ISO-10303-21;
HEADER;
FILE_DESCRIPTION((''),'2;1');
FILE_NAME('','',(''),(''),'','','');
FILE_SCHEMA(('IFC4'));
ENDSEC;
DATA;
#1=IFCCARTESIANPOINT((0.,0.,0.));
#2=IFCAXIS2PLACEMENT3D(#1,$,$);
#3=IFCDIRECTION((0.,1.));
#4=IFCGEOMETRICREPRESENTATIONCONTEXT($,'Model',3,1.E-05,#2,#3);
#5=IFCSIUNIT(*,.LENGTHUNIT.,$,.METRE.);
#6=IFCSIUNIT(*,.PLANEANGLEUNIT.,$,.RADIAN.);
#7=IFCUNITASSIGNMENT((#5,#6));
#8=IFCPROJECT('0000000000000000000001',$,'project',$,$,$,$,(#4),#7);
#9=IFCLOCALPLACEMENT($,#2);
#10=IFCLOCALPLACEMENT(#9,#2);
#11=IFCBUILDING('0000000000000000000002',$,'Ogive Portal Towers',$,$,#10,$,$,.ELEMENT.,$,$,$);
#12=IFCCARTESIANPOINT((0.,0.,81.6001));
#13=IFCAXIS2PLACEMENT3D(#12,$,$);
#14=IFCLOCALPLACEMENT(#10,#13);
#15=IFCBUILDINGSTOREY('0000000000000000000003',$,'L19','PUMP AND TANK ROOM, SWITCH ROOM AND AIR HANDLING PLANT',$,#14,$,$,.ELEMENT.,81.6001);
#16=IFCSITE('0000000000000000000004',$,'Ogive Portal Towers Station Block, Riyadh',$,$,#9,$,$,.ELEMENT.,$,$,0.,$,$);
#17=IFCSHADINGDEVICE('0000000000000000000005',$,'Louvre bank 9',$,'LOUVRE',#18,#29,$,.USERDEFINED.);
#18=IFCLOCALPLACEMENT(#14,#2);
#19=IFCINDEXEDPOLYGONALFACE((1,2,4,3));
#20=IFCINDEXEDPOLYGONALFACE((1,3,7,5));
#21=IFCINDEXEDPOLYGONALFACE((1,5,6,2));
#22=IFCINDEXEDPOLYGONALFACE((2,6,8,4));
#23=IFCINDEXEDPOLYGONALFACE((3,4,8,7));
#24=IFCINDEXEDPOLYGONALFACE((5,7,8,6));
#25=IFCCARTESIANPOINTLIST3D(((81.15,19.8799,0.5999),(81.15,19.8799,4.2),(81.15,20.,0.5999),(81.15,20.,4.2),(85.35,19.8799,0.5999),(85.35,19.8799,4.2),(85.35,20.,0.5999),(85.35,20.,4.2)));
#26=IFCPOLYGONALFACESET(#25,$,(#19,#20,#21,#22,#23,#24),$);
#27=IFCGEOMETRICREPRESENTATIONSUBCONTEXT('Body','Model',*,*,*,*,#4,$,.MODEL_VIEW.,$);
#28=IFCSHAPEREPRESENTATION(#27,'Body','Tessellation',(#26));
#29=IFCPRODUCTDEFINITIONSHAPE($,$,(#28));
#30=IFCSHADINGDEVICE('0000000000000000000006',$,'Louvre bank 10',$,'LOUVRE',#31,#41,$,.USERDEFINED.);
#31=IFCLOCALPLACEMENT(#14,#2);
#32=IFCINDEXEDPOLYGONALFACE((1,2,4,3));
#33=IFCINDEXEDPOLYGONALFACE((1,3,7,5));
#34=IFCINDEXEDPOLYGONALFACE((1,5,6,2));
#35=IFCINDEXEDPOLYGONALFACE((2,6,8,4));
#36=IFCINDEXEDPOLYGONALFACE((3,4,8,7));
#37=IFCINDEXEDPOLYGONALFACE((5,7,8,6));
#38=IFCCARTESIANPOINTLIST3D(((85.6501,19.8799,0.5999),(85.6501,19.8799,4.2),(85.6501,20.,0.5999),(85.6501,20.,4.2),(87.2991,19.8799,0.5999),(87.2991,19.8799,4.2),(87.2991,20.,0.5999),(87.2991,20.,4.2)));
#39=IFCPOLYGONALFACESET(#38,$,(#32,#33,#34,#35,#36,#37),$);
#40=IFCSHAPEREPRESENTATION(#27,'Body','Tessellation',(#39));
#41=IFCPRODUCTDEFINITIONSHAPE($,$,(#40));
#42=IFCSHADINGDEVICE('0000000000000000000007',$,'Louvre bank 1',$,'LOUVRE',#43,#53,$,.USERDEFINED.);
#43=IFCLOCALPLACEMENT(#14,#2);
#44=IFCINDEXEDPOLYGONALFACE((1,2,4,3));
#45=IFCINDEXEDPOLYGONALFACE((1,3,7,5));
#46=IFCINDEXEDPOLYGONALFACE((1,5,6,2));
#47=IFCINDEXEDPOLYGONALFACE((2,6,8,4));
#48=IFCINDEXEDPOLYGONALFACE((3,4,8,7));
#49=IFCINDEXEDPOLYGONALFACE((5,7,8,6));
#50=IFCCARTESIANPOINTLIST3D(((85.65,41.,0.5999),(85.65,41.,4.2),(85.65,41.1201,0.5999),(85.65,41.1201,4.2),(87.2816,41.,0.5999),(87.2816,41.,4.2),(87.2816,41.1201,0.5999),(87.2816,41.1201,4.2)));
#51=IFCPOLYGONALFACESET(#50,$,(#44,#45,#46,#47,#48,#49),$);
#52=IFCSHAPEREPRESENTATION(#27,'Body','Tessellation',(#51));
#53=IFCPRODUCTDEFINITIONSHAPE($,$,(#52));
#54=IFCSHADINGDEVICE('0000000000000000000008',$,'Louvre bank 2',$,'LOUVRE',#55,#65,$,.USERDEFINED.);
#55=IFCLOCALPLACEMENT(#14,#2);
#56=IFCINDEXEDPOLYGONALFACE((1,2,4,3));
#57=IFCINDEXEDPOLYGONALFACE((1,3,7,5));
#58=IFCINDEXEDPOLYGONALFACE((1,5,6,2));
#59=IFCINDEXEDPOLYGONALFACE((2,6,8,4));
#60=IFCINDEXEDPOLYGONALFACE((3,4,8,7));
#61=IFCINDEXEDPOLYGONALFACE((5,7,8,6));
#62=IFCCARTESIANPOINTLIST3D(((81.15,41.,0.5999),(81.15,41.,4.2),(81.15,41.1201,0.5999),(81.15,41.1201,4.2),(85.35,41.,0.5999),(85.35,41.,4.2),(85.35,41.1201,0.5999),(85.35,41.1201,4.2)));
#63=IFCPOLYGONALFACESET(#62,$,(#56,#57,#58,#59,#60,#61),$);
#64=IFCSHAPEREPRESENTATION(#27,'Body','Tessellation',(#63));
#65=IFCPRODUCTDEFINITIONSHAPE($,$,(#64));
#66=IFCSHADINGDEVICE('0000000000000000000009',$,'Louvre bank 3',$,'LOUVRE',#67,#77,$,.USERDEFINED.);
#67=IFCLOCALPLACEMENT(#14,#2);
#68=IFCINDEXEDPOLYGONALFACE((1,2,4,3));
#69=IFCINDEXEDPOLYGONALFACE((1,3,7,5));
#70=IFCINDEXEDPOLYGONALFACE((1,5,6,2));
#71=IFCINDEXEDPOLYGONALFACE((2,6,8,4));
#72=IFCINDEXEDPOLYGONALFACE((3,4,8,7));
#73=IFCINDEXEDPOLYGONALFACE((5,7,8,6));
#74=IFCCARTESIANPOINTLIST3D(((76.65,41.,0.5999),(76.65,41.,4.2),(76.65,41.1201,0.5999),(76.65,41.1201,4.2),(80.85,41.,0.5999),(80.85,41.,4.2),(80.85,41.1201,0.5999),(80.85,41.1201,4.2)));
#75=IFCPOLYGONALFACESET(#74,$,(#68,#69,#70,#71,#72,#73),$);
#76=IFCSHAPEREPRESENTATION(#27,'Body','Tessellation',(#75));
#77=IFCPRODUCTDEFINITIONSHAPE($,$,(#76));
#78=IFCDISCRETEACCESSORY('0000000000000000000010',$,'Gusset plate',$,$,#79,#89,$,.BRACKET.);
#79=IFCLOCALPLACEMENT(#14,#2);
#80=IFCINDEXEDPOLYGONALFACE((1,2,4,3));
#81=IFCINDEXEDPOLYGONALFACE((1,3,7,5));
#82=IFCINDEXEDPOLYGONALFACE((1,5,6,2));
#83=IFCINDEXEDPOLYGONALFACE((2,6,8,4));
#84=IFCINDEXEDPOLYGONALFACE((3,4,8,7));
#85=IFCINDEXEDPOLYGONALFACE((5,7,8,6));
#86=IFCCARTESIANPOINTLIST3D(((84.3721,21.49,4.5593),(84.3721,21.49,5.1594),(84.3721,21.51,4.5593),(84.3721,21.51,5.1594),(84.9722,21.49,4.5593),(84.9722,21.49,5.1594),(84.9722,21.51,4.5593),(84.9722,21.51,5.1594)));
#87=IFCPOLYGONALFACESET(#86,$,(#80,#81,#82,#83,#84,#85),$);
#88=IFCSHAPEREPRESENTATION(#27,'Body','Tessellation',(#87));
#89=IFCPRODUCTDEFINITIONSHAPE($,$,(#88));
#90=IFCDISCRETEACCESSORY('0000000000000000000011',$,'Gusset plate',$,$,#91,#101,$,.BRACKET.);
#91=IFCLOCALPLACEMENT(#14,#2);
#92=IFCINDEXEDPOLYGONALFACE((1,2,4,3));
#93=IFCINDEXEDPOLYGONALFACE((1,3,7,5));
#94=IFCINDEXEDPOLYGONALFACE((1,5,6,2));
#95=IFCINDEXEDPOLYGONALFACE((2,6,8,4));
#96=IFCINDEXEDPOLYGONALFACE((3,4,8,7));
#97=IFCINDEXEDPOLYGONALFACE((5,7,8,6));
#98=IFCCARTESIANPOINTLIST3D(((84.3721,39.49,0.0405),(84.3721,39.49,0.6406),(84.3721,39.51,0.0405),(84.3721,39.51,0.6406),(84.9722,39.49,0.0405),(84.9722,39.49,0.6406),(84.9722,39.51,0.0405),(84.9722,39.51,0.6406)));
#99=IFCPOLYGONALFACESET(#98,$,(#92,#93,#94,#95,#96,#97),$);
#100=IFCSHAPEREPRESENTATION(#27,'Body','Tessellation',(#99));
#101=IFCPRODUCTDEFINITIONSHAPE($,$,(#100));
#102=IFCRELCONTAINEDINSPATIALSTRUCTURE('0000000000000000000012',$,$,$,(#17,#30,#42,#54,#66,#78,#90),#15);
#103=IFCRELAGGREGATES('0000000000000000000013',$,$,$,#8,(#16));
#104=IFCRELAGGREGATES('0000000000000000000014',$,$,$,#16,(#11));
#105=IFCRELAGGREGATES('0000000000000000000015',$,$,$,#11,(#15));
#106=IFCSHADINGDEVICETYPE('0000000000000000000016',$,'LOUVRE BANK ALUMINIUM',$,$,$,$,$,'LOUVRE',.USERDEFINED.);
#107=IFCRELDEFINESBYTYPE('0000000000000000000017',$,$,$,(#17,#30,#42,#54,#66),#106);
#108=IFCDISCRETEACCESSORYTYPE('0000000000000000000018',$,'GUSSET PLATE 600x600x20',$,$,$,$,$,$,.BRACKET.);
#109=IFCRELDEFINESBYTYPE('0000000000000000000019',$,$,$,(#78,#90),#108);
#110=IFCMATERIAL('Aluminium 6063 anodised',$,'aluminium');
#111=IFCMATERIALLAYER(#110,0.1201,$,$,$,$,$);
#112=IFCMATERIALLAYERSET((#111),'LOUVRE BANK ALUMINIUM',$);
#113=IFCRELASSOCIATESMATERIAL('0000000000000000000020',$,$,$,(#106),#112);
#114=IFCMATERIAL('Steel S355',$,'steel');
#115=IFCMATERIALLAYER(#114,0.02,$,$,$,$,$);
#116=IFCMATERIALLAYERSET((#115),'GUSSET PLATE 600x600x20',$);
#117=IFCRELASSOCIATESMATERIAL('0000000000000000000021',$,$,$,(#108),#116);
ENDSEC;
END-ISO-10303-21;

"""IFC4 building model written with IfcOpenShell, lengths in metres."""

from ifc_helpers import new_model, si_unit, direction, frame, origin, origin_2d, place, context, subcontext, project, spatial, rectangle, extrude, material, layer, layer_set, type_object, element, save


model = new_model("IFC4")

# Units and contexts
model_context = context("Model", 3, precision=1e-05, world=origin(), true_north=direction((0.0, 1.0)))
body_context = subcontext(model_context, "Body", "Model", "MODEL_VIEW")
ifc_project = project(units=[si_unit("LENGTHUNIT", "METRE"), si_unit("PLANEANGLEUNIT", "RADIAN")], contexts=[model_context])

# Site, building, storey
site_placement = place(None, origin())
site = spatial("IfcSite", under=ifc_project, at=site_placement, Name="Ogive Portal Towers Station Block, Riyadh", CompositionType="ELEMENT", RefElevation=0.0)
building_placement = place(site_placement, origin())
building = spatial("IfcBuilding", under=site, at=building_placement, Name="Ogive Portal Towers", CompositionType="ELEMENT")
storey_placement = place(building_placement, frame((0.0, 0.0, 81.6001)))
storey = spatial("IfcBuildingStorey", under=building, at=storey_placement, Name="L19", Description="PUMP AND TANK ROOM, SWITCH ROOM AND AIR HANDLING PLANT", CompositionType="ELEMENT", Elevation=81.6001)

# Shared definitions
ifc_material_1 = material(Name="Steel S355", Category="steel")

# Shading devices
ifc_material_2 = material(Name="Aluminium 6063 anodised", Category="aluminium")
ifc_layer_1 = layer(ifc_material_2, 0.1201)
ifc_layer_set_1 = layer_set([ifc_layer_1], Name="LOUVRE BANK ALUMINIUM")
shading_device_type = type_object("IfcShadingDeviceType", Name="LOUVRE BANK ALUMINIUM", ElementType="LOUVRE", PredefinedType="USERDEFINED", material=ifc_layer_set_1)
for number, where, z_axis, x_axis, name in (
    (1, (83.25, 19.9399, 0.5999), (0.0, 0.0, 1.0), (1.0, 0.0, 0.0), "Louvre bank 9"),
):
    element("IfcShadingDevice", number, at=place(storey_placement, frame(where, z_axis=z_axis, x_axis=x_axis)), inside=storey, type_object=shading_device_type, Name=name, ObjectType="LOUVRE", PredefinedType="USERDEFINED", context=body_context, shape_type="SweptSolid", body=[
        extrude(rectangle(XDim=4.2, YDim=0.1201, at=origin_2d()), origin(), (0.0, 0.0, 1.0), 3.6001),
    ])
shading_device_1_placement = place(storey_placement, frame((86.4746, 19.9399, 0.5999), z_axis=(0.0, 0.0, 1.0), x_axis=(1.0, 0.0, 0.0)))
element("IfcShadingDevice", 2, at=shading_device_1_placement, inside=storey, type_object=shading_device_type, Name="Louvre bank 10", ObjectType="LOUVRE", PredefinedType="USERDEFINED", context=body_context, shape_type="SweptSolid", body=[
    extrude(rectangle(XDim=1.6489, YDim=0.1201, at=origin_2d()), origin(), (0.0, 0.0, 1.0), 3.6001),
])
shading_device_2_placement = place(storey_placement, frame((86.4658, 41.0601, 0.5999), z_axis=(0.0, 0.0, 1.0), x_axis=(-1.0, 0.0, 0.0)))
element("IfcShadingDevice", 3, at=shading_device_2_placement, inside=storey, type_object=shading_device_type, Name="Louvre bank 1", ObjectType="LOUVRE", PredefinedType="USERDEFINED", context=body_context, shape_type="SweptSolid", body=[
    extrude(rectangle(XDim=1.6316, YDim=0.1201, at=origin_2d()), origin(), (0.0, 0.0, 1.0), 3.6001),
])
for number, where, z_axis, x_axis, name in (
    (4, (83.25, 41.0601, 0.5999), (0.0, 0.0, 1.0), (-1.0, 0.0, 0.0), "Louvre bank 2"),
    (5, (78.75, 41.0601, 0.5999), (0.0, 0.0, 1.0), (-1.0, 0.0, 0.0), "Louvre bank 3"),
):
    element("IfcShadingDevice", number, at=place(storey_placement, frame(where, z_axis=z_axis, x_axis=x_axis)), inside=storey, type_object=shading_device_type, Name=name, ObjectType="LOUVRE", PredefinedType="USERDEFINED", context=body_context, shape_type="SweptSolid", body=[
        extrude(rectangle(XDim=4.2, YDim=0.1201, at=origin_2d()), origin(), (0.0, 0.0, 1.0), 3.6001),
    ])

# Discrete accessories
ifc_layer_2 = layer(ifc_material_1, 0.02)
ifc_layer_set_2 = layer_set([ifc_layer_2], Name="GUSSET PLATE 600x600x20")
discrete_accessory_type = type_object("IfcDiscreteAccessoryType", Name="GUSSET PLATE 600x600x20", PredefinedType="BRACKET", material=ifc_layer_set_2)
for number, where, z_axis, x_axis, name in (
    (6, (84.6721, 21.5, 4.5593), (0.0, 0.0, 1.0), (1.0, 0.0, 0.0), "Gusset plate"),
    (7, (84.6721, 39.5, 0.0405), (0.0, 0.0, 1.0), (-1.0, 0.0, 0.0), "Gusset plate"),
):
    element("IfcDiscreteAccessory", number, at=place(storey_placement, frame(where, z_axis=z_axis, x_axis=x_axis)), inside=storey, type_object=discrete_accessory_type, Name=name, PredefinedType="BRACKET", context=body_context, shape_type="SweptSolid", body=[
        extrude(rectangle(XDim=0.6001, YDim=0.02, at=origin_2d()), origin(), (0.0, 0.0, 1.0), 0.6001),
    ])

save(model, "model.ifc")
